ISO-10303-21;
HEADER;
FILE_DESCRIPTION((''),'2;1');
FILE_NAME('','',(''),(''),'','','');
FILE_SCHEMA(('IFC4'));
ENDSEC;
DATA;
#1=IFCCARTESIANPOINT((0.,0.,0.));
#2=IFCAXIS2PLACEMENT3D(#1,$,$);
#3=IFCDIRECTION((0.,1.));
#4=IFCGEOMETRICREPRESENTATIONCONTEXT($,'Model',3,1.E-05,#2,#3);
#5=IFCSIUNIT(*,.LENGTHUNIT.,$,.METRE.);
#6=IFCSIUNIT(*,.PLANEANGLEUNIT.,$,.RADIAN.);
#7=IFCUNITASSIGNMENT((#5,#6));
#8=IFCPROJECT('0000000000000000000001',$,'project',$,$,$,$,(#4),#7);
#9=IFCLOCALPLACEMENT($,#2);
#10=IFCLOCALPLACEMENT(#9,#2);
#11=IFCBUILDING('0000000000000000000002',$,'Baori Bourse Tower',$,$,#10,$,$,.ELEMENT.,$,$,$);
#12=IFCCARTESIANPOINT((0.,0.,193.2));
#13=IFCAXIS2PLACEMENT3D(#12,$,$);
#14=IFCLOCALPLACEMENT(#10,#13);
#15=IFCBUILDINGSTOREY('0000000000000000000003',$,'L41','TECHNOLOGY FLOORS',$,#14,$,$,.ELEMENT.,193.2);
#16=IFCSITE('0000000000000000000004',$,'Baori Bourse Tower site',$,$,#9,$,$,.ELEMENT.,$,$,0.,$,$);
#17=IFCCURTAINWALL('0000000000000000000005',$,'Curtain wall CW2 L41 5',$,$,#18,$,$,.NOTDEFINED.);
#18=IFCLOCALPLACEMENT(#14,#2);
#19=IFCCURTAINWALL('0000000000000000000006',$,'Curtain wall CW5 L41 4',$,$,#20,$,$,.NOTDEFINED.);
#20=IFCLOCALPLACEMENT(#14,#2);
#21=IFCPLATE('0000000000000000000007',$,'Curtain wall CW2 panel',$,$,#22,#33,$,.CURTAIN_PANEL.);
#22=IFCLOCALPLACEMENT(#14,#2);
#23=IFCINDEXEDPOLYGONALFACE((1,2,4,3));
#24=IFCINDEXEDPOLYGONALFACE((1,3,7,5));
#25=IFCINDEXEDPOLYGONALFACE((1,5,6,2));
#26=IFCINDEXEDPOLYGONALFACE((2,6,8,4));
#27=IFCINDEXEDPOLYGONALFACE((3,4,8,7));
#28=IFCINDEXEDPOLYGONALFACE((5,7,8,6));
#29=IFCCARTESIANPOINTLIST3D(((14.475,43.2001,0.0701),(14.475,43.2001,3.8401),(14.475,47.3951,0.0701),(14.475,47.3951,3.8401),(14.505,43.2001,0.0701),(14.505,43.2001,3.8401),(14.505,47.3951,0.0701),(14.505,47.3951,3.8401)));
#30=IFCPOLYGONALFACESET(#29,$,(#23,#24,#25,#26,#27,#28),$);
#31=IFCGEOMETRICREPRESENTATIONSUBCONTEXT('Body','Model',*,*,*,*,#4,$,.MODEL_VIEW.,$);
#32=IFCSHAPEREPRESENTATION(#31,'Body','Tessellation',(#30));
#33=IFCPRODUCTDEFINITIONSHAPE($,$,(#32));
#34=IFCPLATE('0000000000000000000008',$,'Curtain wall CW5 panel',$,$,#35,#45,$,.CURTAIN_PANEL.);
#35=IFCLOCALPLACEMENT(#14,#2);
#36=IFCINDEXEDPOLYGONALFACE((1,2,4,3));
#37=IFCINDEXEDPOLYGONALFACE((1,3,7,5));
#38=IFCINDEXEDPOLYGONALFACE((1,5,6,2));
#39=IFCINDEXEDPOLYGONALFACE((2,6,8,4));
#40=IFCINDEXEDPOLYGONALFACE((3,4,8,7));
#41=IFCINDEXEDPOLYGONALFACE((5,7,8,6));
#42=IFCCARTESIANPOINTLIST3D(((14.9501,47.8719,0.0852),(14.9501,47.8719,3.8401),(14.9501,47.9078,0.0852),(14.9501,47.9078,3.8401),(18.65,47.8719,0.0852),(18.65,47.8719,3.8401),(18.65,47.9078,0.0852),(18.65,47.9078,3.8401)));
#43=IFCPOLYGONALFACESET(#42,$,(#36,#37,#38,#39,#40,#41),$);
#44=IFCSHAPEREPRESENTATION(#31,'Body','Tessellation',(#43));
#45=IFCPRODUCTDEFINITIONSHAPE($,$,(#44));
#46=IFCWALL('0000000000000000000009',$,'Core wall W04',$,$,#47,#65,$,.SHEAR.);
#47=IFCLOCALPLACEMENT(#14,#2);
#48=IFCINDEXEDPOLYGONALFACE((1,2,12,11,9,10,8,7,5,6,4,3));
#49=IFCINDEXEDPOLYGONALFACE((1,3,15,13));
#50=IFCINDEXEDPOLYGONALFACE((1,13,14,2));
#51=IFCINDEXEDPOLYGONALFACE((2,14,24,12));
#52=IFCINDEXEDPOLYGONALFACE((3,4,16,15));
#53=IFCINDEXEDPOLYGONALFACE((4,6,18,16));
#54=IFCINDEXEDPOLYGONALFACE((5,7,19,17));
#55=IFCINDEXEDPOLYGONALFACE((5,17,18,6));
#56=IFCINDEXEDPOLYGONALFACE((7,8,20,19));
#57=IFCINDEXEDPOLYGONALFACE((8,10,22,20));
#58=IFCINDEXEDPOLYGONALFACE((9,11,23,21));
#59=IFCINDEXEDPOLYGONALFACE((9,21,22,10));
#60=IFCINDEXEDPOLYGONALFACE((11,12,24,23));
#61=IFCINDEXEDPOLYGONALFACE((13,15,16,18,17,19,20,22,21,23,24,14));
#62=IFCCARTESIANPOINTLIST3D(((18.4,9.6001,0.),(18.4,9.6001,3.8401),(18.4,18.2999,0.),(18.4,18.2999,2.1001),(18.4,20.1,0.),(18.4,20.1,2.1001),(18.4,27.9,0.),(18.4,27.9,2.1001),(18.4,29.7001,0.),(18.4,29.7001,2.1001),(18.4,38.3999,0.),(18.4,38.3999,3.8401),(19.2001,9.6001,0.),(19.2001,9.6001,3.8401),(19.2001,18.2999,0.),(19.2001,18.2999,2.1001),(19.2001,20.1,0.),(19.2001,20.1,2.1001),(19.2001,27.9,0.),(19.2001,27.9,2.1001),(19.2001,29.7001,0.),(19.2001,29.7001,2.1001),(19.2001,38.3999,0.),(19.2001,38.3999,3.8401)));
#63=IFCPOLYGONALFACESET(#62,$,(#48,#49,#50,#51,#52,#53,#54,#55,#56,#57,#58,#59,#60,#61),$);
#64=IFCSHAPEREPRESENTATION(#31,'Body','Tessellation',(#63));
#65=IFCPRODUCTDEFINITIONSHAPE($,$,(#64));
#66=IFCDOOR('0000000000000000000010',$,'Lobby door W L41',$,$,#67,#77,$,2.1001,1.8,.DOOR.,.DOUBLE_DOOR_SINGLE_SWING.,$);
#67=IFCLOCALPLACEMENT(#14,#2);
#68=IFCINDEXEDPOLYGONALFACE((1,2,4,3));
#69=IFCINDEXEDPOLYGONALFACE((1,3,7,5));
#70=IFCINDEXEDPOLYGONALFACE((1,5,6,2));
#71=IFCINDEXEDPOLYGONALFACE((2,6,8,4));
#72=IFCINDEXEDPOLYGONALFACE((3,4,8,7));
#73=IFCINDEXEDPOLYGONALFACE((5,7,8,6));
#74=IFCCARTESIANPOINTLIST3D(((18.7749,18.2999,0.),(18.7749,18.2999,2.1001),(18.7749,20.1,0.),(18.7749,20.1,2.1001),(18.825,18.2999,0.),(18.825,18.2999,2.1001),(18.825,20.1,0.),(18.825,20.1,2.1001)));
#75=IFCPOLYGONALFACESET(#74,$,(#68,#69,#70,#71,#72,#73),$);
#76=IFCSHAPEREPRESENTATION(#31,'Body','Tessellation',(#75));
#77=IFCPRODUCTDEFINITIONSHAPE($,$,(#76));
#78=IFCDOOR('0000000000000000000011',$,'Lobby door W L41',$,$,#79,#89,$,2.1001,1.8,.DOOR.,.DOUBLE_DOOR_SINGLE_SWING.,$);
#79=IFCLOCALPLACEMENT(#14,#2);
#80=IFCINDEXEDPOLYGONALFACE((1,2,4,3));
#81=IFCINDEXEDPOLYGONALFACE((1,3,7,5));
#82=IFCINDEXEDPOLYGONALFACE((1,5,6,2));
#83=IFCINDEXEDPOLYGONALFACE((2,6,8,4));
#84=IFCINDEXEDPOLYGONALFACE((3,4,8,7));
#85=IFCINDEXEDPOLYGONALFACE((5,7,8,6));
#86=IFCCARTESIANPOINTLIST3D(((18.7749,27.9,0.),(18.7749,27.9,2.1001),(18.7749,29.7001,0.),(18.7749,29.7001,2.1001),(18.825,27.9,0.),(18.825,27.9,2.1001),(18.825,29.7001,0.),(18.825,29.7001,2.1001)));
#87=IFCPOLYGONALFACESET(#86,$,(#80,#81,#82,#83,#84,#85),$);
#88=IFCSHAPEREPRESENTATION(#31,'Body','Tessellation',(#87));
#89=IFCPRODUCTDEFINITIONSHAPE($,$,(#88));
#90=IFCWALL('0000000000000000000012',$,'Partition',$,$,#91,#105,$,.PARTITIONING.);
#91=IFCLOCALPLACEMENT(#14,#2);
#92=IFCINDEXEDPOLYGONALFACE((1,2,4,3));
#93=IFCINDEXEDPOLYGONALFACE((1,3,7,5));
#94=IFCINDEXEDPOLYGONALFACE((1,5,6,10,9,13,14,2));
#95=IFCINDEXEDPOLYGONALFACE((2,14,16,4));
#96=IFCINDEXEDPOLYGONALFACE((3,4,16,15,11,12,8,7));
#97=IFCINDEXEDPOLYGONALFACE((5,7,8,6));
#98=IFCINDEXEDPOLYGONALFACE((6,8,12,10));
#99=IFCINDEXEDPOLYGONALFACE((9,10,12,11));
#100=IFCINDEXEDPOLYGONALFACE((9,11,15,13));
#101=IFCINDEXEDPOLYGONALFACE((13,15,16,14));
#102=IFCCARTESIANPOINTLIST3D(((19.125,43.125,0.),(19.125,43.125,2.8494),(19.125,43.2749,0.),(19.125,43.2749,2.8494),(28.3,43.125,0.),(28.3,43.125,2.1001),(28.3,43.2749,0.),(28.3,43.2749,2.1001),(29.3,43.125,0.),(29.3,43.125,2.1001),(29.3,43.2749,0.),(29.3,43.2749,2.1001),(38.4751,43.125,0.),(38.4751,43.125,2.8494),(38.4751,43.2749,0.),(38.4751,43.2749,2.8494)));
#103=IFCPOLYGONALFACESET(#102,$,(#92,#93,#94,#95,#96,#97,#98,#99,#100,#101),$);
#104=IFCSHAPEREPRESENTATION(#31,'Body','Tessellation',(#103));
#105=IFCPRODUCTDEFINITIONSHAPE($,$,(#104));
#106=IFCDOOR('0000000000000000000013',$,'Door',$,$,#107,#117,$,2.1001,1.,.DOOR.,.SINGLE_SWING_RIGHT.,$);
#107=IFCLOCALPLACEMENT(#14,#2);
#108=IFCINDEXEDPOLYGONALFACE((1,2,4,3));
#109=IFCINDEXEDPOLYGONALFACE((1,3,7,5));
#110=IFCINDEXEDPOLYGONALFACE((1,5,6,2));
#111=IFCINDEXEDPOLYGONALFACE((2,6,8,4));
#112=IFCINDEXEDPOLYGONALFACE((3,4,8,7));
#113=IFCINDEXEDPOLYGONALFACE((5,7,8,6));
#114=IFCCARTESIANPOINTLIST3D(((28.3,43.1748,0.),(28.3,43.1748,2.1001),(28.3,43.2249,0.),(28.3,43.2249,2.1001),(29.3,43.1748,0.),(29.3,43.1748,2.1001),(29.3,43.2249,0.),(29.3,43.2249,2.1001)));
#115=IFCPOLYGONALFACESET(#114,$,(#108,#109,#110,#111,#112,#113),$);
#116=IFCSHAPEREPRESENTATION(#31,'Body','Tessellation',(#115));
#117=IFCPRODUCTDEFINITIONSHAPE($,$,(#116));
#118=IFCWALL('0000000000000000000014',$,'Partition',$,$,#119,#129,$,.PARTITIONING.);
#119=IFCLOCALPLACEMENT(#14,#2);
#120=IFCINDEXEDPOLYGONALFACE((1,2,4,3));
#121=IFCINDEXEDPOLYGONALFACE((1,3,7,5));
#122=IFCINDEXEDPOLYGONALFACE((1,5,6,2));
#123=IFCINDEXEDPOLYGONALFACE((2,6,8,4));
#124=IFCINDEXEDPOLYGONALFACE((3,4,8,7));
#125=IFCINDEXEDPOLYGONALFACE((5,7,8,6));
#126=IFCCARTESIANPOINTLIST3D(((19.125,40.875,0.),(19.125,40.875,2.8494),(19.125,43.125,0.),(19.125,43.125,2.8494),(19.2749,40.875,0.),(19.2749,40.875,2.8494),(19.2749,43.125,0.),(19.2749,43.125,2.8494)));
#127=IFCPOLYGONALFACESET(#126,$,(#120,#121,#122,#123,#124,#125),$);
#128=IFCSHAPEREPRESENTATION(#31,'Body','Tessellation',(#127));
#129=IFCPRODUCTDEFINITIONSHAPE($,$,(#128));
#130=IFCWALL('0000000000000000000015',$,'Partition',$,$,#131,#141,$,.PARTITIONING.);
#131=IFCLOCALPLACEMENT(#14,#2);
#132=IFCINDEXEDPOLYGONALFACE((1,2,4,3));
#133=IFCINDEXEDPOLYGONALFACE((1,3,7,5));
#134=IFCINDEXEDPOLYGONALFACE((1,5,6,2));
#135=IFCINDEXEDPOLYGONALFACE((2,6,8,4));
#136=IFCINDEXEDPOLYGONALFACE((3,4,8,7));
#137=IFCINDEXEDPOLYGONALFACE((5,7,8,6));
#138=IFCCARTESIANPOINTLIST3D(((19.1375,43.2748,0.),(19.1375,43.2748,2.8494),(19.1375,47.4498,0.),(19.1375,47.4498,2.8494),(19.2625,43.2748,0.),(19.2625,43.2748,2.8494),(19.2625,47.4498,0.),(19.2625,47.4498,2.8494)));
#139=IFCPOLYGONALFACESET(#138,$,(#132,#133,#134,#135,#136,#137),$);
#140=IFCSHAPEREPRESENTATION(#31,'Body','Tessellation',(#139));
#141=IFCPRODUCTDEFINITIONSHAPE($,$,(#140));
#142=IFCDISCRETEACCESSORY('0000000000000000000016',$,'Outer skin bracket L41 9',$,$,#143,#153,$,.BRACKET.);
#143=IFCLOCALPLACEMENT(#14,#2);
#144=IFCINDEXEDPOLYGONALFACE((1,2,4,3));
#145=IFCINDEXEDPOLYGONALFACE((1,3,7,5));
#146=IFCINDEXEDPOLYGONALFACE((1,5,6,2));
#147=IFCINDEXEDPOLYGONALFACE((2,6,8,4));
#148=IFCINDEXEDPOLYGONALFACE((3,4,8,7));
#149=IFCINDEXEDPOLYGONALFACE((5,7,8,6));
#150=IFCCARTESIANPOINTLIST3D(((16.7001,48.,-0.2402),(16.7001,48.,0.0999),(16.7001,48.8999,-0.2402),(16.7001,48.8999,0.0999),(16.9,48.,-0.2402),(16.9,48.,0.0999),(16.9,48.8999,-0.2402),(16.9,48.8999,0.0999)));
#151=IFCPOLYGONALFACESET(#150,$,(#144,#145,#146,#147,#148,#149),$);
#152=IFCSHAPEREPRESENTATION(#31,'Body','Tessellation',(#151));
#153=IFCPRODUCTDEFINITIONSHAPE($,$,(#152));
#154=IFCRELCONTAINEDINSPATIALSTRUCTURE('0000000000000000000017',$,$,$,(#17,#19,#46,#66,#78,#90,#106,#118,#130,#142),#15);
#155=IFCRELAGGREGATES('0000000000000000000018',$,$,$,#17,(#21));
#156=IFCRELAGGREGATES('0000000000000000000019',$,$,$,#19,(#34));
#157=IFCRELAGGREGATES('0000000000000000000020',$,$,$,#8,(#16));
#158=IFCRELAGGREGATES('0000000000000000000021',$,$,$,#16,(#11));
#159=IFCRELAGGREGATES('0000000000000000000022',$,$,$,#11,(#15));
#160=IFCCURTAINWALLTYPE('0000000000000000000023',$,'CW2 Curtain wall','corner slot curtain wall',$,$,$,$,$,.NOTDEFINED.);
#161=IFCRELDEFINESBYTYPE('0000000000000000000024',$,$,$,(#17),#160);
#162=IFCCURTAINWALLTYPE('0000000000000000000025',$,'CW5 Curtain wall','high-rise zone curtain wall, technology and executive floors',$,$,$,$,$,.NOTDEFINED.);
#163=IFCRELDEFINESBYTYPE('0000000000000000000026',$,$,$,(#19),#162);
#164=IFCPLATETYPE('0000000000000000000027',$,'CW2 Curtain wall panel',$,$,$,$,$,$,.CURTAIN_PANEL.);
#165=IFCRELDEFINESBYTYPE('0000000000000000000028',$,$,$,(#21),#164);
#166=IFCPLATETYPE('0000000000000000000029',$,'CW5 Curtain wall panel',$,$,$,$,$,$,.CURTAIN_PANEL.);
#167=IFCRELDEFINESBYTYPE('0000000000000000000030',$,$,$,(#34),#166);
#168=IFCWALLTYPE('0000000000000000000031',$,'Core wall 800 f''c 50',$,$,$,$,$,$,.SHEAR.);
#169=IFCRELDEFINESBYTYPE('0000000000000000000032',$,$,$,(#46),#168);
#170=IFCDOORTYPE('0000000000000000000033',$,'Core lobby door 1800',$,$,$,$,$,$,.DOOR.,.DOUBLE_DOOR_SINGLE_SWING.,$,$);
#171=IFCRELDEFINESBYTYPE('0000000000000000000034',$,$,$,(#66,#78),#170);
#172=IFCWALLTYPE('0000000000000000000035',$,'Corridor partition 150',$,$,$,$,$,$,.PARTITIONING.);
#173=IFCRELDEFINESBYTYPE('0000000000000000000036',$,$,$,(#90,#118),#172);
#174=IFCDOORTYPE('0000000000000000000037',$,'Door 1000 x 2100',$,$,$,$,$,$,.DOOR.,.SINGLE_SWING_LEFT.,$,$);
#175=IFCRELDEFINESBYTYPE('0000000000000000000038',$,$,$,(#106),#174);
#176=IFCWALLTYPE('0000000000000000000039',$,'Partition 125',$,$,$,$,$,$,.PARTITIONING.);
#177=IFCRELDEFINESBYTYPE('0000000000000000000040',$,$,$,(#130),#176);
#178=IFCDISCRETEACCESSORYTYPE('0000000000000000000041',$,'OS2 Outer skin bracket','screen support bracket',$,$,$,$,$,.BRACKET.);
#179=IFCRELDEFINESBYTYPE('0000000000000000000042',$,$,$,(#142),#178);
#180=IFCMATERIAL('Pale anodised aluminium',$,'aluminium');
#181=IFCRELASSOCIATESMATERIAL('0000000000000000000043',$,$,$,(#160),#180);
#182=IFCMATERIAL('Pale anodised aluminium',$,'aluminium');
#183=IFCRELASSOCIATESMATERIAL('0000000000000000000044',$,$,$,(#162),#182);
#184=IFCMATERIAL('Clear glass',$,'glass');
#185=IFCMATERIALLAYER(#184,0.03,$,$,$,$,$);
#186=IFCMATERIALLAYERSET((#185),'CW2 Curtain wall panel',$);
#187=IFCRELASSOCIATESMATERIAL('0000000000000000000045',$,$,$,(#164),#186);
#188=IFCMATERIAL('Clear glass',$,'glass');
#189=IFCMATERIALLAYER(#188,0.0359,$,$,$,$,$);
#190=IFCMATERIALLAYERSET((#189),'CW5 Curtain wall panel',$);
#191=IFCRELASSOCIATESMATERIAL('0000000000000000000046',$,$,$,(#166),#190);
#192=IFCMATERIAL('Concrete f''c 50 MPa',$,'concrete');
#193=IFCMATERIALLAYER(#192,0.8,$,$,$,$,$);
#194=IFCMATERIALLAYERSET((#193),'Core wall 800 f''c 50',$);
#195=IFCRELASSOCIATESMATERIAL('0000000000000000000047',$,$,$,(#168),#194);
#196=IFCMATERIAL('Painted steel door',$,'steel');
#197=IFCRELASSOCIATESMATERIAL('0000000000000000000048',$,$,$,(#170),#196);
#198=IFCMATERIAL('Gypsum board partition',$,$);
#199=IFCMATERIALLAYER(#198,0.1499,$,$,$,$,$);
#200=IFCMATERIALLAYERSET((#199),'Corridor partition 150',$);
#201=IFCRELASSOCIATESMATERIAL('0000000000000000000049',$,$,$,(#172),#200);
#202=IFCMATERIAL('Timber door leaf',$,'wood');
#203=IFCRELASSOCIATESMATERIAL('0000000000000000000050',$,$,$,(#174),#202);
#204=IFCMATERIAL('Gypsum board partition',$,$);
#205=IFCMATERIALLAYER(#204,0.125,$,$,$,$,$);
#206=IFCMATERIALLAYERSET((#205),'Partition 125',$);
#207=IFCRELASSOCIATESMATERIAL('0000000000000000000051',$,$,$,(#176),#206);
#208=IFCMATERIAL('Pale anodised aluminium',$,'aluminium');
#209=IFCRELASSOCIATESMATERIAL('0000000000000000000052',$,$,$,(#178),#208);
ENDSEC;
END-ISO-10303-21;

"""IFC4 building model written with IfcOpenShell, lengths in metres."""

from ifc_helpers import new_model, si_unit, direction, frame, frame_2d, origin, origin_2d, place, context, subcontext, project, spatial, rectangle, extrude, material, layer, layer_set, type_object, element, fill, aggregate, save


model = new_model("IFC4")

# Units and contexts
model_context = context("Model", 3, precision=1e-05, world=origin(), true_north=direction((0.0, 1.0)))
body_context = subcontext(model_context, "Body", "Model", "MODEL_VIEW")
ifc_project = project(units=[si_unit("LENGTHUNIT", "METRE"), si_unit("PLANEANGLEUNIT", "RADIAN")], contexts=[model_context])

# Site, building, storey
site_placement = place(None, origin())
site = spatial("IfcSite", under=ifc_project, at=site_placement, Name="Baori Bourse Tower site", CompositionType="ELEMENT", RefElevation=0.0)
building_placement = place(site_placement, origin())
building = spatial("IfcBuilding", under=site, at=building_placement, Name="Baori Bourse Tower", CompositionType="ELEMENT")
storey_placement = place(building_placement, frame((0.0, 0.0, 193.2)))
storey = spatial("IfcBuildingStorey", under=building, at=storey_placement, Name="L41", Description="TECHNOLOGY FLOORS", CompositionType="ELEMENT", Elevation=193.2)

# Curtain wall
ifc_material_1 = material(Name="Pale anodised aluminium", Category="aluminium")
curtain_wall_type_1 = type_object("IfcCurtainWallType", Name="CW2 Curtain wall", Description="corner slot curtain wall", PredefinedType="NOTDEFINED", material=ifc_material_1)
curtain_wall_1_placement = place(storey_placement, origin())
curtain_wall_1 = element("IfcCurtainWall", 1, at=curtain_wall_1_placement, inside=storey, type_object=curtain_wall_type_1, Name="Curtain wall CW2 L41 5", PredefinedType="NOTDEFINED")

# Curtain wall
ifc_material_2 = material(Name="Pale anodised aluminium", Category="aluminium")
curtain_wall_type_2 = type_object("IfcCurtainWallType", Name="CW5 Curtain wall", Description="high-rise zone curtain wall, technology and executive floors", PredefinedType="NOTDEFINED", material=ifc_material_2)
curtain_wall_2_placement = place(storey_placement, origin())
curtain_wall_2 = element("IfcCurtainWall", 2, at=curtain_wall_2_placement, inside=storey, type_object=curtain_wall_type_2, Name="Curtain wall CW5 L41 4", PredefinedType="NOTDEFINED")

# Plates
ifc_material_3 = material(Name="Clear glass", Category="glass")
ifc_layer_1 = layer(ifc_material_3, 0.03)
ifc_layer_set_1 = layer_set([ifc_layer_1], Name="CW2 Curtain wall panel")
plate_type_1 = type_object("IfcPlateType", Name="CW2 Curtain wall panel", PredefinedType="CURTAIN_PANEL", material=ifc_layer_set_1)
plate_1_placement = place(storey_placement, frame((14.49, 45.2976, 0.0701), z_axis=(0.0, 0.0, 1.0), x_axis=(0.0, -1.0, 0.0)))
plate_1 = element("IfcPlate", 3, at=plate_1_placement, type_object=plate_type_1, Name="Curtain wall CW2 panel", PredefinedType="CURTAIN_PANEL", context=body_context, shape_type="SweptSolid", body=[
    extrude(rectangle(XDim=4.1951, YDim=0.03, at=origin_2d()), origin(), (0.0, 0.0, 1.0), 3.77),
])
aggregate(curtain_wall_1, [plate_1])
ifc_material_4 = material(Name="Clear glass", Category="glass")
ifc_layer_2 = layer(ifc_material_4, 0.0359)
ifc_layer_set_2 = layer_set([ifc_layer_2], Name="CW5 Curtain wall panel")
plate_type_2 = type_object("IfcPlateType", Name="CW5 Curtain wall panel", PredefinedType="CURTAIN_PANEL", material=ifc_layer_set_2)
plate_2_placement = place(storey_placement, frame((16.8, 47.8899, 0.0852), z_axis=(0.0, 0.0, 1.0), x_axis=(-1.0, 0.0, 0.0)))
plate_2 = element("IfcPlate", 4, at=plate_2_placement, type_object=plate_type_2, Name="Curtain wall CW5 panel", PredefinedType="CURTAIN_PANEL", context=body_context, shape_type="SweptSolid", body=[
    extrude(rectangle(XDim=3.7, YDim=0.0359, at=origin_2d()), origin(), (0.0, 0.0, 1.0), 3.7549),
])
aggregate(curtain_wall_2, [plate_2])

# Wall, openings, doors
ifc_material_5 = material(Name="Concrete f'c 50 MPa", Category="concrete")
ifc_layer_3 = layer(ifc_material_5, 0.8)
ifc_layer_set_3 = layer_set([ifc_layer_3], Name="Core wall 800 f'c 50")
wall_type_1 = type_object("IfcWallType", Name="Core wall 800 f'c 50", PredefinedType="SHEAR", material=ifc_layer_set_3)
wall_1_placement = place(storey_placement, frame((18.8, 38.3999, 0.0), z_axis=(0.0, 0.0, 1.0), x_axis=(0.0, -1.0, 0.0)))
wall_1 = element("IfcWall", 5, at=wall_1_placement, inside=storey, type_object=wall_type_1, Name="Core wall W04", PredefinedType="SHEAR", context=body_context, shape_type="SweptSolid", body=[
    extrude(rectangle(XDim=28.7998, YDim=0.8, at=frame_2d((14.3999, 0.0))), origin(), (0.0, 0.0, 1.0), 3.8401),
])
opening_1_placement = place(wall_1_placement, frame((18.3, 0.0, 0.0)))
opening_1 = element("IfcOpeningElement", 6, at=opening_1_placement, cuts=wall_1, PredefinedType="OPENING", context=body_context, shape_type="SweptSolid", body=[
    extrude(rectangle(XDim=1.8, YDim=2.1001, at=frame_2d((0.8999, 1.05))), frame((0.0, 0.4099, 0.0), z_axis=(0.0, -1.0, 0.0), x_axis=(1.0, 0.0, 0.0)), (0.0, 0.0, 1.0), 0.8201),
])
opening_2_placement = place(wall_1_placement, frame((8.7, 0.0, 0.0)))
opening_2 = element("IfcOpeningElement", 7, at=opening_2_placement, cuts=wall_1, PredefinedType="OPENING", context=body_context, shape_type="SweptSolid", body=[
    extrude(rectangle(XDim=1.8, YDim=2.1001, at=frame_2d((0.8999, 1.05))), frame((0.0, 0.4099, 0.0), z_axis=(0.0, -1.0, 0.0), x_axis=(1.0, 0.0, 0.0)), (0.0, 0.0, 1.0), 0.8201),
])
ifc_material_6 = material(Name="Painted steel door", Category="steel")
door_type_1 = type_object("IfcDoorType", Name="Core lobby door 1800", OperationType="DOUBLE_DOOR_SINGLE_SWING", PredefinedType="DOOR", material=ifc_material_6)
door_1_placement = place(opening_1_placement, origin())
door_1 = element("IfcDoor", 8, at=door_1_placement, inside=storey, type_object=door_type_1, Name="Lobby door W L41", OperationType="DOUBLE_DOOR_SINGLE_SWING", OverallHeight=2.1001, OverallWidth=1.8, PredefinedType="DOOR", context=body_context, shape_type="SweptSolid", body=[
    extrude(rectangle(XDim=1.8, YDim=2.1001, at=frame_2d((0.8999, 1.05))), frame((0.0, 0.0249, 0.0), z_axis=(0.0, -1.0, 0.0), x_axis=(1.0, 0.0, 0.0)), (0.0, 0.0, 1.0), 0.05),
])
fill(opening_1, door_1)
door_2_placement = place(opening_2_placement, origin())
door_2 = element("IfcDoor", 9, at=door_2_placement, inside=storey, type_object=door_type_1, Name="Lobby door W L41", OperationType="DOUBLE_DOOR_SINGLE_SWING", OverallHeight=2.1001, OverallWidth=1.8, PredefinedType="DOOR", context=body_context, shape_type="SweptSolid", body=[
    extrude(rectangle(XDim=1.8, YDim=2.1001, at=frame_2d((0.8999, 1.05))), frame((0.0, 0.0249, 0.0), z_axis=(0.0, -1.0, 0.0), x_axis=(1.0, 0.0, 0.0)), (0.0, 0.0, 1.0), 0.05),
])
fill(opening_2, door_2)

# Wall, opening, door
ifc_material_7 = material(Name="Gypsum board partition")
ifc_layer_4 = layer(ifc_material_7, 0.1499)
ifc_layer_set_4 = layer_set([ifc_layer_4], Name="Corridor partition 150")
wall_type_2 = type_object("IfcWallType", Name="Corridor partition 150", PredefinedType="PARTITIONING", material=ifc_layer_set_4)
wall_2_placement = place(storey_placement, frame((19.125, 43.2, 0.0), z_axis=(0.0, 0.0, 1.0), x_axis=(1.0, 0.0, 0.0)))
wall_2 = element("IfcWall", 10, at=wall_2_placement, inside=storey, type_object=wall_type_2, Name="Partition", PredefinedType="PARTITIONING", context=body_context, shape_type="SweptSolid", body=[
    extrude(rectangle(XDim=19.3501, YDim=0.1499, at=frame_2d((9.675, 0.0))), origin(), (0.0, 0.0, 1.0), 2.8494),
])
opening_3_placement = place(wall_2_placement, frame((9.175, 0.0, 0.0)))
opening_3 = element("IfcOpeningElement", 11, at=opening_3_placement, cuts=wall_2, PredefinedType="OPENING", context=body_context, shape_type="SweptSolid", body=[
    extrude(rectangle(XDim=1.0, YDim=2.1001, at=frame_2d((0.5, 1.05))), frame((0.0, 0.085, 0.0), z_axis=(0.0, -1.0, 0.0), x_axis=(1.0, 0.0, 0.0)), (0.0, 0.0, 1.0), 0.1699),
])
ifc_material_8 = material(Name="Timber door leaf", Category="wood")
door_type_2 = type_object("IfcDoorType", Name="Door 1000 x 2100", OperationType="SINGLE_SWING_LEFT", PredefinedType="DOOR", material=ifc_material_8)
door_3_placement = place(opening_3_placement, origin())
door_3 = element("IfcDoor", 12, at=door_3_placement, inside=storey, type_object=door_type_2, Name="Door", OperationType="SINGLE_SWING_RIGHT", OverallHeight=2.1001, OverallWidth=1.0, PredefinedType="DOOR", context=body_context, shape_type="SweptSolid", body=[
    extrude(rectangle(XDim=1.0, YDim=2.1001, at=frame_2d((0.5, 1.05))), frame((0.0, 0.0249, 0.0), z_axis=(0.0, -1.0, 0.0), x_axis=(1.0, 0.0, 0.0)), (0.0, 0.0, 1.0), 0.05),
])
fill(opening_3, door_3)

# Walls
wall_3_placement = place(storey_placement, frame((19.2, 40.875, 0.0), z_axis=(0.0, 0.0, 1.0), x_axis=(0.0, 1.0, 0.0)))
element("IfcWall", 13, at=wall_3_placement, inside=storey, type_object=wall_type_2, Name="Partition", PredefinedType="PARTITIONING", context=body_context, shape_type="SweptSolid", body=[
    extrude(rectangle(XDim=2.25, YDim=0.1499, at=frame_2d((1.125, 0.0))), origin(), (0.0, 0.0, 1.0), 2.8494),
])
ifc_material_9 = material(Name="Gypsum board partition")
ifc_layer_5 = layer(ifc_material_9, 0.125)
ifc_layer_set_5 = layer_set([ifc_layer_5], Name="Partition 125")
wall_type_3 = type_object("IfcWallType", Name="Partition 125", PredefinedType="PARTITIONING", material=ifc_layer_set_5)
wall_4_placement = place(storey_placement, frame((19.2, 43.2749, 0.0), z_axis=(0.0, 0.0, 1.0), x_axis=(0.0, 1.0, 0.0)))
element("IfcWall", 14, at=wall_4_placement, inside=storey, type_object=wall_type_3, Name="Partition", PredefinedType="PARTITIONING", context=body_context, shape_type="SweptSolid", body=[
    extrude(rectangle(XDim=4.175, YDim=0.125, at=frame_2d((2.0874, 0.0))), origin(), (0.0, 0.0, 1.0), 2.8494),
])

# Discrete accessory
ifc_material_10 = material(Name="Pale anodised aluminium", Category="aluminium")
discrete_accessory_type = type_object("IfcDiscreteAccessoryType", Name="OS2 Outer skin bracket", Description="screen support bracket", PredefinedType="BRACKET", material=ifc_material_10)
discrete_accessory_placement = place(storey_placement, frame((16.8, 48.45, -0.2402), z_axis=(0.0, 0.0, 1.0), x_axis=(-1.0, 0.0, 0.0)))
element("IfcDiscreteAccessory", 15, at=discrete_accessory_placement, inside=storey, type_object=discrete_accessory_type, Name="Outer skin bracket L41 9", PredefinedType="BRACKET", context=body_context, shape_type="SweptSolid", body=[
    extrude(rectangle(XDim=0.2, YDim=0.8999, at=origin_2d()), origin(), (0.0, 0.0, 1.0), 0.3401),
])

save(model, "model.ifc")
